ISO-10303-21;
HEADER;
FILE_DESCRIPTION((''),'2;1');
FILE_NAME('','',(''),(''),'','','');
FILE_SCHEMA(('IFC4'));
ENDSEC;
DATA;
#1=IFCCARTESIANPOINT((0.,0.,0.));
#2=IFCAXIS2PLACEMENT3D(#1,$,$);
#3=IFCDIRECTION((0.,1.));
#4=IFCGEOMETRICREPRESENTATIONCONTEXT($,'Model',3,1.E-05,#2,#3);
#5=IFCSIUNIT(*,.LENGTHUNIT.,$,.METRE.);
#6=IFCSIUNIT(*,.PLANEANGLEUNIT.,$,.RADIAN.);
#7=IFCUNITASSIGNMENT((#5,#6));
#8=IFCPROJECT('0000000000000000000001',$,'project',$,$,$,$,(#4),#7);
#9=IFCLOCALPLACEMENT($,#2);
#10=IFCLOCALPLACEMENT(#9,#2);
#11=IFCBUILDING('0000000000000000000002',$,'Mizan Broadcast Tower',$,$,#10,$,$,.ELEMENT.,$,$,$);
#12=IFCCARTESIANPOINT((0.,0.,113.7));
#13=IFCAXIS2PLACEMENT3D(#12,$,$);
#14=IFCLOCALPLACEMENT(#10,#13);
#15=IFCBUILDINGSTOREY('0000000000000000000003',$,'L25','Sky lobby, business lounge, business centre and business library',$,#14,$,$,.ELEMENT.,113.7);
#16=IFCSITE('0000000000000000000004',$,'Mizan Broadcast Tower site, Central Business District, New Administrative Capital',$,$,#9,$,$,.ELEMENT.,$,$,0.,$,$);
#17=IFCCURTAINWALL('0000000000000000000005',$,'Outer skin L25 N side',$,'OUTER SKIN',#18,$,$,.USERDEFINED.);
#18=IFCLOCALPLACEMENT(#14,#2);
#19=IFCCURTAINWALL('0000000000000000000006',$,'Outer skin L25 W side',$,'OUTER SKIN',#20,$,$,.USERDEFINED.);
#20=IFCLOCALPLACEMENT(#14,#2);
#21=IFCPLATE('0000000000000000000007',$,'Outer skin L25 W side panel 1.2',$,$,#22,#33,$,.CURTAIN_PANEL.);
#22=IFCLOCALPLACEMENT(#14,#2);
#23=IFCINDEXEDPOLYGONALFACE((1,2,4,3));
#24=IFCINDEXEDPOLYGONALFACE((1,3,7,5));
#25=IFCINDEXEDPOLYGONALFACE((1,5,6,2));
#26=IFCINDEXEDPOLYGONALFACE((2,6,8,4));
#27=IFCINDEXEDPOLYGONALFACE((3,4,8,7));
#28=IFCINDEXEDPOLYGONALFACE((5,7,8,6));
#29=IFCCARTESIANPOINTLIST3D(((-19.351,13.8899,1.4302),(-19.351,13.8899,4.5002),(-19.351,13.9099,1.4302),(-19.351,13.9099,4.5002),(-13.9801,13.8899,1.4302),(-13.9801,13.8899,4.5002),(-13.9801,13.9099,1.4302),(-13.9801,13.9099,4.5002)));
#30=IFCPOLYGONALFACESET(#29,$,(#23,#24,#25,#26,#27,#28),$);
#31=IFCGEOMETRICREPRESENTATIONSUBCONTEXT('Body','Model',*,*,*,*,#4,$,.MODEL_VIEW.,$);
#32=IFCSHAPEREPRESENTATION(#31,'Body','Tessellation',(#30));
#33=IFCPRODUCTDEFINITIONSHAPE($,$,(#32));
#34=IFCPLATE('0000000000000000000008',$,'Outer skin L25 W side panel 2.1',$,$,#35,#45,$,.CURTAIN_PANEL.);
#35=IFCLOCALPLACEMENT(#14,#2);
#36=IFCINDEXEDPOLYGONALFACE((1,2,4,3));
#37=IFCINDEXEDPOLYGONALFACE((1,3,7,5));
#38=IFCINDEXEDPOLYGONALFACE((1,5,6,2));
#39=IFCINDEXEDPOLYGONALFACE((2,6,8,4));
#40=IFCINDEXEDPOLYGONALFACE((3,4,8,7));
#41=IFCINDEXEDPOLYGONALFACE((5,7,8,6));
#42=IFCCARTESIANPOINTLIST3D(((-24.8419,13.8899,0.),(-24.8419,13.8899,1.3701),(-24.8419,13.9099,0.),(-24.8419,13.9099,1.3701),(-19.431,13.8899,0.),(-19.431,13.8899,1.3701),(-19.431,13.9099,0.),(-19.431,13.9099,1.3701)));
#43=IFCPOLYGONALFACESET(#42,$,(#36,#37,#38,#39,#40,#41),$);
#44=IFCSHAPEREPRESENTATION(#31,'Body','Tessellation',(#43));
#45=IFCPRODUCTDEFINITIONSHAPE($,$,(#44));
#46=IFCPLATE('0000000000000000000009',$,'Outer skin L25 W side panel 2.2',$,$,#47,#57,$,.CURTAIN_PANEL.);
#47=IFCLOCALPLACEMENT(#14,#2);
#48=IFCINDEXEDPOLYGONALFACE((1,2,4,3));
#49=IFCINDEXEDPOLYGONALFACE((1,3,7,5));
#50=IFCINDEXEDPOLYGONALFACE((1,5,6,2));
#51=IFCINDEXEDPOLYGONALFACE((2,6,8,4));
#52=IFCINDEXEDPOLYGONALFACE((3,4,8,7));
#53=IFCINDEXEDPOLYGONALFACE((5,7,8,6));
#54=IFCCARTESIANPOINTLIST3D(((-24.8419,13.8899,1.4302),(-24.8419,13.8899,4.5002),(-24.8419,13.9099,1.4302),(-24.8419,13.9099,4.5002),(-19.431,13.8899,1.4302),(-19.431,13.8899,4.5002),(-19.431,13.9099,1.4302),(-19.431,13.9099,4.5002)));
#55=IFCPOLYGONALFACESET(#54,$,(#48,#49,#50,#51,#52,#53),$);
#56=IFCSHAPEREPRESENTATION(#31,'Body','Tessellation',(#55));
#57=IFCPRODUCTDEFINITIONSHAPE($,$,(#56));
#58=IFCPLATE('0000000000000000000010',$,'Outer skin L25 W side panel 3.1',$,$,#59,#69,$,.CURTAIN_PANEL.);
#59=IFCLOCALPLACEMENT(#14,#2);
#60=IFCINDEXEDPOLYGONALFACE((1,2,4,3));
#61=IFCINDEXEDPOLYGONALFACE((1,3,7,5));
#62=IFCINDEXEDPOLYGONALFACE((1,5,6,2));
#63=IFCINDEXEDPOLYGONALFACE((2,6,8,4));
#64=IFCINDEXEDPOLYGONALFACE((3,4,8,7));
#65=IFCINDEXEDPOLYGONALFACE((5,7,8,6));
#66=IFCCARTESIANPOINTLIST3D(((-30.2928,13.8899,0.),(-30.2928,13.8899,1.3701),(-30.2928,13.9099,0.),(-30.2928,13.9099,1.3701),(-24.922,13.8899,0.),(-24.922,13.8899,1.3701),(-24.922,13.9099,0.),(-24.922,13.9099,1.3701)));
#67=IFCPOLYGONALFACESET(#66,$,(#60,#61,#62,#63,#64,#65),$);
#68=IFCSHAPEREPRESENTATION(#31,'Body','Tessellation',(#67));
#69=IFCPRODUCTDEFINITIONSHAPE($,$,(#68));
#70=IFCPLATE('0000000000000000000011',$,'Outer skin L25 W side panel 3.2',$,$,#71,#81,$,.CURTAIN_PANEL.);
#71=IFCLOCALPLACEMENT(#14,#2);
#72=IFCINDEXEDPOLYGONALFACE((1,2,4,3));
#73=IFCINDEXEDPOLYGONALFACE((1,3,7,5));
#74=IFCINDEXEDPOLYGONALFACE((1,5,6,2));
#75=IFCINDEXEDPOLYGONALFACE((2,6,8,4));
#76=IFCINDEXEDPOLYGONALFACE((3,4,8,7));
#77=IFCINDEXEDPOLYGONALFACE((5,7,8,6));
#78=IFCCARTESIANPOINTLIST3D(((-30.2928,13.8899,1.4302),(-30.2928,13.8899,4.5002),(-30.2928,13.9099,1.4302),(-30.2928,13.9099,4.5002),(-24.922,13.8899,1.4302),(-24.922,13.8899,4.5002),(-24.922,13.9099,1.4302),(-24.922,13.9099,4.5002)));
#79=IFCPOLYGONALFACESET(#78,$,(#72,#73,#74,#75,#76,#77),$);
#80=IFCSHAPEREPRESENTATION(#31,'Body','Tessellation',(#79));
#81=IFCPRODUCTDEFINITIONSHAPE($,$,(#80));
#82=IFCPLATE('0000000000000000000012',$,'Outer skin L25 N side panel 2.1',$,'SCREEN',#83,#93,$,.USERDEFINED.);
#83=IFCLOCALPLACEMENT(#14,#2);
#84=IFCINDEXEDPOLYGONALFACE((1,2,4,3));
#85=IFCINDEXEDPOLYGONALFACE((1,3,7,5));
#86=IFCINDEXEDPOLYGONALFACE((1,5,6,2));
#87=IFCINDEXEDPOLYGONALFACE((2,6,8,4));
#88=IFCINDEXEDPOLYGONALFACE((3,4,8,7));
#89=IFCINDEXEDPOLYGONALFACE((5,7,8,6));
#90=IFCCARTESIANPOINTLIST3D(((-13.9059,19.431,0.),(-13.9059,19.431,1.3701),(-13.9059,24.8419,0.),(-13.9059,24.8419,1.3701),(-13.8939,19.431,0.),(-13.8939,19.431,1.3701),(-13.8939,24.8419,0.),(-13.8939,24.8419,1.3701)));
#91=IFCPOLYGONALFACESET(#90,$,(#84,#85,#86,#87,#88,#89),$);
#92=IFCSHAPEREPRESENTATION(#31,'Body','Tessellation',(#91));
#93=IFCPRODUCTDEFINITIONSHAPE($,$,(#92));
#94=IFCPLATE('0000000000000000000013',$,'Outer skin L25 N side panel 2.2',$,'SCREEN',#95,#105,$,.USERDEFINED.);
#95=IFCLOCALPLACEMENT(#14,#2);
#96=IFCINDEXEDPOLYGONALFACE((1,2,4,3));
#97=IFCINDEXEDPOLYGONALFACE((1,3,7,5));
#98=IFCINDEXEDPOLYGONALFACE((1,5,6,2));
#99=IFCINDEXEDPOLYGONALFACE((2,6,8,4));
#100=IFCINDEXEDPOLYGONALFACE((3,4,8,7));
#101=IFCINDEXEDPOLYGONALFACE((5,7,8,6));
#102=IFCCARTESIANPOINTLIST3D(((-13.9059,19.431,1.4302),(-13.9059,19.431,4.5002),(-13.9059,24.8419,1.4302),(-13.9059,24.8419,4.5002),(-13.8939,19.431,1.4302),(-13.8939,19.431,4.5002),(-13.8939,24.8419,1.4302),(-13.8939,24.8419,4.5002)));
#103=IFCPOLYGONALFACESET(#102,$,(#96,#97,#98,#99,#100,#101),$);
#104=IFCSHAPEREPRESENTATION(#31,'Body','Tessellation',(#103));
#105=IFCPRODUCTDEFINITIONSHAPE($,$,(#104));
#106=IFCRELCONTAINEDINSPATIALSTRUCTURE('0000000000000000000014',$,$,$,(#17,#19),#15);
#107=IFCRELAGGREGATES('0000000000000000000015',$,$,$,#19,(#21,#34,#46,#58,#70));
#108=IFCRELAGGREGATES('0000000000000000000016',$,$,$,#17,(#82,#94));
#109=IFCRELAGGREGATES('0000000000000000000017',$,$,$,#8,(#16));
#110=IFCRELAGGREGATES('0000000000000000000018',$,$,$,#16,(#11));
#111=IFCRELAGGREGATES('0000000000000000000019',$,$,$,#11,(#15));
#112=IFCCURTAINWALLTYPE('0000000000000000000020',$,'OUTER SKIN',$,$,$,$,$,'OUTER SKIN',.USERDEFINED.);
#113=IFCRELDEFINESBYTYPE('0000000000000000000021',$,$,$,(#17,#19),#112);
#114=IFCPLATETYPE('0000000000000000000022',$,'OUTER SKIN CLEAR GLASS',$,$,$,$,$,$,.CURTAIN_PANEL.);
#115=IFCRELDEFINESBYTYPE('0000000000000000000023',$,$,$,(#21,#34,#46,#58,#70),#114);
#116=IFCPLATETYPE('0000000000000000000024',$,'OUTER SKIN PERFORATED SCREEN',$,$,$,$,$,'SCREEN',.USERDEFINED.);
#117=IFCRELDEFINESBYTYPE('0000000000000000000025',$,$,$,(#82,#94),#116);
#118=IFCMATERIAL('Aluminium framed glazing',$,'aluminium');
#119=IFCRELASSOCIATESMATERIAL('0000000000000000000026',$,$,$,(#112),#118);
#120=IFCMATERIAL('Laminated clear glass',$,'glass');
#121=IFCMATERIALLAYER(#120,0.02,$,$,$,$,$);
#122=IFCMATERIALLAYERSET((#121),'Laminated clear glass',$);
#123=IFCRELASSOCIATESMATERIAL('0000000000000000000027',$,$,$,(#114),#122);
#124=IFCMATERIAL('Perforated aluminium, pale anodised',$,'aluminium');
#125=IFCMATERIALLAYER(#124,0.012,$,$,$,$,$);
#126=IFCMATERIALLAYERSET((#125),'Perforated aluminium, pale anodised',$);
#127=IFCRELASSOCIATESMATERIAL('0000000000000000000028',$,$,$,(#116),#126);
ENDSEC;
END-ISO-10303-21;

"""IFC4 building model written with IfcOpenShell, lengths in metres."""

from ifc_helpers import new_model, si_unit, direction, frame, origin, origin_2d, place, context, subcontext, project, spatial, rectangle, extrude, material, layer, layer_set, type_object, element, aggregate, save


model = new_model("IFC4")

# Units and contexts
model_context = context("Model", 3, precision=1e-05, world=origin(), true_north=direction((0.0, 1.0)))
body_context = subcontext(model_context, "Body", "Model", "MODEL_VIEW")
ifc_project = project(units=[si_unit("LENGTHUNIT", "METRE"), si_unit("PLANEANGLEUNIT", "RADIAN")], contexts=[model_context])

# Site, building, storey
site_placement = place(None, origin())
site = spatial("IfcSite", under=ifc_project, at=site_placement, Name="Mizan Broadcast Tower site, Central Business District, New Administrative Capital", CompositionType="ELEMENT", RefElevation=0.0)
building_placement = place(site_placement, origin())
building = spatial("IfcBuilding", under=site, at=building_placement, Name="Mizan Broadcast Tower", CompositionType="ELEMENT")
storey_placement = place(building_placement, frame((0.0, 0.0, 113.7)))
storey = spatial("IfcBuildingStorey", under=building, at=storey_placement, Name="L25", Description="Sky lobby, business lounge, business centre and business library", CompositionType="ELEMENT", Elevation=113.7)

# Shared definitions
ifc_material_1 = material(Name="Aluminium framed glazing", Category="aluminium")
curtain_wall_type_1 = type_object("IfcCurtainWallType", Name="OUTER SKIN", ElementType="OUTER SKIN", PredefinedType="USERDEFINED", material=ifc_material_1)

# Curtain walls
curtain_wall_1_placement = place(storey_placement, origin())
curtain_wall_1 = element("IfcCurtainWall", 1, at=curtain_wall_1_placement, inside=storey, type_object=curtain_wall_type_1, Name="Outer skin L25 N side", ObjectType="OUTER SKIN", PredefinedType="USERDEFINED")
curtain_wall_2_placement = place(storey_placement, origin())
curtain_wall_2 = element("IfcCurtainWall", 2, at=curtain_wall_2_placement, inside=storey, type_object=curtain_wall_type_1, Name="Outer skin L25 W side", ObjectType="OUTER SKIN", PredefinedType="USERDEFINED")

# Plates
ifc_material_2 = material(Name="Laminated clear glass", Category="glass")
ifc_layer_1 = layer(ifc_material_2, 0.02)
ifc_layer_set_1 = layer_set([ifc_layer_1], Name="Laminated clear glass")
plate_type_1 = type_object("IfcPlateType", Name="OUTER SKIN CLEAR GLASS", PredefinedType="CURTAIN_PANEL", material=ifc_layer_set_1)
plate_1_placement = place(storey_placement, frame((-16.6655, 13.8999, 1.4302), z_axis=(0.0, 0.0, 1.0), x_axis=(-1.0, 0.0, 0.0)))
plate_1 = element("IfcPlate", 3, at=plate_1_placement, type_object=plate_type_1, Name="Outer skin L25 W side panel 1.2", PredefinedType="CURTAIN_PANEL", context=body_context, shape_type="SweptSolid", body=[
    extrude(rectangle(XDim=5.3708, YDim=0.02, at=origin_2d()), origin(), (0.0, 0.0, 1.0), 3.0701),
])
plate_2_placement = place(storey_placement, frame((-22.1365, 13.8999, 0.0), z_axis=(0.0, 0.0, 1.0), x_axis=(-1.0, 0.0, 0.0)))
plate_2 = element("IfcPlate", 4, at=plate_2_placement, type_object=plate_type_1, Name="Outer skin L25 W side panel 2.1", PredefinedType="CURTAIN_PANEL", context=body_context, shape_type="SweptSolid", body=[
    extrude(rectangle(XDim=5.4109, YDim=0.02, at=origin_2d()), origin(), (0.0, 0.0, 1.0), 1.3701),
])
plate_3_placement = place(storey_placement, frame((-22.1365, 13.8999, 1.4302), z_axis=(0.0, 0.0, 1.0), x_axis=(-1.0, 0.0, 0.0)))
plate_3 = element("IfcPlate", 5, at=plate_3_placement, type_object=plate_type_1, Name="Outer skin L25 W side panel 2.2", PredefinedType="CURTAIN_PANEL", context=body_context, shape_type="SweptSolid", body=[
    extrude(rectangle(XDim=5.4109, YDim=0.02, at=origin_2d()), origin(), (0.0, 0.0, 1.0), 3.0701),
])
plate_4_placement = place(storey_placement, frame((-27.6074, 13.8999, 0.0), z_axis=(0.0, 0.0, 1.0), x_axis=(-1.0, 0.0, 0.0)))
plate_4 = element("IfcPlate", 6, at=plate_4_placement, type_object=plate_type_1, Name="Outer skin L25 W side panel 3.1", PredefinedType="CURTAIN_PANEL", context=body_context, shape_type="SweptSolid", body=[
    extrude(rectangle(XDim=5.3708, YDim=0.02, at=origin_2d()), origin(), (0.0, 0.0, 1.0), 1.3701),
])
plate_5_placement = place(storey_placement, frame((-27.6074, 13.8999, 1.4302), z_axis=(0.0, 0.0, 1.0), x_axis=(-1.0, 0.0, 0.0)))
plate_5 = element("IfcPlate", 7, at=plate_5_placement, type_object=plate_type_1, Name="Outer skin L25 W side panel 3.2", PredefinedType="CURTAIN_PANEL", context=body_context, shape_type="SweptSolid", body=[
    extrude(rectangle(XDim=5.3708, YDim=0.02, at=origin_2d()), origin(), (0.0, 0.0, 1.0), 3.0701),
])
aggregate(curtain_wall_2, [plate_1, plate_2, plate_3, plate_4, plate_5])
ifc_material_3 = material(Name="Perforated aluminium, pale anodised", Category="aluminium")
ifc_layer_2 = layer(ifc_material_3, 0.012)
ifc_layer_set_2 = layer_set([ifc_layer_2], Name="Perforated aluminium, pale anodised")
plate_type_2 = type_object("IfcPlateType", Name="OUTER SKIN PERFORATED SCREEN", ElementType="SCREEN", PredefinedType="USERDEFINED", material=ifc_layer_set_2)
plate_6_placement = place(storey_placement, frame((-13.8999, 22.1365, 0.0), z_axis=(0.0, 0.0, 1.0), x_axis=(0.0, -1.0, 0.0)))
plate_6 = element("IfcPlate", 8, at=plate_6_placement, type_object=plate_type_2, Name="Outer skin L25 N side panel 2.1", ObjectType="SCREEN", PredefinedType="USERDEFINED", context=body_context, shape_type="SweptSolid", body=[
    extrude(rectangle(XDim=5.4109, YDim=0.012, at=origin_2d()), origin(), (0.0, 0.0, 1.0), 1.3701),
])
plate_7_placement = place(storey_placement, frame((-13.8999, 22.1365, 1.4302), z_axis=(0.0, 0.0, 1.0), x_axis=(0.0, -1.0, 0.0)))
plate_7 = element("IfcPlate", 9, at=plate_7_placement, type_object=plate_type_2, Name="Outer skin L25 N side panel 2.2", ObjectType="SCREEN", PredefinedType="USERDEFINED", context=body_context, shape_type="SweptSolid", body=[
    extrude(rectangle(XDim=5.4109, YDim=0.012, at=origin_2d()), origin(), (0.0, 0.0, 1.0), 3.0701),
])
aggregate(curtain_wall_1, [plate_6, plate_7])

save(model, "model.ifc")
